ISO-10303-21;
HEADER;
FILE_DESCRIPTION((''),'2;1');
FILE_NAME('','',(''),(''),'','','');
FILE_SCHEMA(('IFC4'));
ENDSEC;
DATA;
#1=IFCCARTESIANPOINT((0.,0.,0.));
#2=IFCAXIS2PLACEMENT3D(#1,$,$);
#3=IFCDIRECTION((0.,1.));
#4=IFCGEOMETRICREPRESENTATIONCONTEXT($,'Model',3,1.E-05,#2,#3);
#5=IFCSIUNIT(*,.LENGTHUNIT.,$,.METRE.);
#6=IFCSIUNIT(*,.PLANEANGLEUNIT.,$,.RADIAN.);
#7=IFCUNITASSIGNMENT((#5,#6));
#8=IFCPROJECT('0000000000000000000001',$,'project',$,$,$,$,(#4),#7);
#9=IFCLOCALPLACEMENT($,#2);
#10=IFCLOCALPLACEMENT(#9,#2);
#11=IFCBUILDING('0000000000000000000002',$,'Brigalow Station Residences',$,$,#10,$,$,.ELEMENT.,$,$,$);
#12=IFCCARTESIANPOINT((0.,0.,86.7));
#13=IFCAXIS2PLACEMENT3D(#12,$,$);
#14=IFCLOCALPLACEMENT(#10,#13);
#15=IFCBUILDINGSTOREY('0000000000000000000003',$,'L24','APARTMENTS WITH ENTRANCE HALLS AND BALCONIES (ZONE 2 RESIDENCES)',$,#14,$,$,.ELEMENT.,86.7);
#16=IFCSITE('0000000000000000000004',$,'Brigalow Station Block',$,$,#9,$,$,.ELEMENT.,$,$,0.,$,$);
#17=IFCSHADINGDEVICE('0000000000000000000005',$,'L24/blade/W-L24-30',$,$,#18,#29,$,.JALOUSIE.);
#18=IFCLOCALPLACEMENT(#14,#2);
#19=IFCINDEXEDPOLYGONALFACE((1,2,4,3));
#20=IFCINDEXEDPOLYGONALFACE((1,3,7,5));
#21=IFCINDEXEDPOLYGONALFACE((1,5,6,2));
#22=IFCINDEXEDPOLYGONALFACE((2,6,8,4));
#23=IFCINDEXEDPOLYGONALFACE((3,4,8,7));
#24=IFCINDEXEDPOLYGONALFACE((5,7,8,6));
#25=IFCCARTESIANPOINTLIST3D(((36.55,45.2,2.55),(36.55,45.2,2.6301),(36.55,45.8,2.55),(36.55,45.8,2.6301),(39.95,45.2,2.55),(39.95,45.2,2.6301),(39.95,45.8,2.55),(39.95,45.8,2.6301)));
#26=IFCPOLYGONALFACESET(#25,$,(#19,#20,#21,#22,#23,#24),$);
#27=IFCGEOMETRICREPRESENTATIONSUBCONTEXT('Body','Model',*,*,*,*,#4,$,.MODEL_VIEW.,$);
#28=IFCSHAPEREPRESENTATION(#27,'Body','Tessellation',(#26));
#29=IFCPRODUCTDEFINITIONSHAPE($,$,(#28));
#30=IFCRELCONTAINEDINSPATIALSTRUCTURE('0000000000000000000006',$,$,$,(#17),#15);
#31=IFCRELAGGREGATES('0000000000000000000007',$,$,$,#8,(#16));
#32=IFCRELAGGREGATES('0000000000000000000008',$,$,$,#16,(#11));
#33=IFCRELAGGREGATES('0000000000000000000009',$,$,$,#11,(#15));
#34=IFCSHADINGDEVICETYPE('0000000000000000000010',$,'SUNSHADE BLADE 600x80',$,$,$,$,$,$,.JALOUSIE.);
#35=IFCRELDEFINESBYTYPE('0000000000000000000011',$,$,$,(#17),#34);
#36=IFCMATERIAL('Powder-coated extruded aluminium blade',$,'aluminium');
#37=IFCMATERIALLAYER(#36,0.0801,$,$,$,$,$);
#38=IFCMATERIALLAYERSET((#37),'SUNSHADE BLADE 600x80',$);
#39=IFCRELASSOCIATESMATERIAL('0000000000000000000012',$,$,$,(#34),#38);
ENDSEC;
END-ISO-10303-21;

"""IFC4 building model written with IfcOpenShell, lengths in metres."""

from ifc_helpers import new_model, si_unit, direction, frame, origin, origin_2d, place, context, subcontext, project, spatial, rectangle, extrude, material, layer, layer_set, type_object, element, save


model = new_model("IFC4")

# Units and contexts
model_context = context("Model", 3, precision=1e-05, world=origin(), true_north=direction((0.0, 1.0)))
body_context = subcontext(model_context, "Body", "Model", "MODEL_VIEW")
ifc_project = project(units=[si_unit("LENGTHUNIT", "METRE"), si_unit("PLANEANGLEUNIT", "RADIAN")], contexts=[model_context])

# Site, building, storey
site_placement = place(None, origin())
site = spatial("IfcSite", under=ifc_project, at=site_placement, Name="Brigalow Station Block", CompositionType="ELEMENT", RefElevation=0.0)
building_placement = place(site_placement, origin())
building = spatial("IfcBuilding", under=site, at=building_placement, Name="Brigalow Station Residences", CompositionType="ELEMENT")
storey_placement = place(building_placement, frame((0.0, 0.0, 86.7)))
storey = spatial("IfcBuildingStorey", under=building, at=storey_placement, Name="L24", Description="APARTMENTS WITH ENTRANCE HALLS AND BALCONIES (ZONE 2 RESIDENCES)", CompositionType="ELEMENT", Elevation=86.7)

# Shading device
ifc_material_1 = material(Name="Powder-coated extruded aluminium blade", Category="aluminium")
ifc_layer_1 = layer(ifc_material_1, 0.0801)
ifc_layer_set_1 = layer_set([ifc_layer_1], Name="SUNSHADE BLADE 600x80")
shading_device_type = type_object("IfcShadingDeviceType", Name="SUNSHADE BLADE 600x80", PredefinedType="JALOUSIE", material=ifc_layer_set_1)
shading_device_placement = place(storey_placement, frame((38.25, 45.5, 2.55), z_axis=(0.0, 0.0, 1.0), x_axis=(-1.0, 0.0, 0.0)))
element("IfcShadingDevice", 1, at=shading_device_placement, inside=storey, type_object=shading_device_type, Name="L24/blade/W-L24-30", PredefinedType="JALOUSIE", context=body_context, shape_type="SweptSolid", body=[
    extrude(rectangle(XDim=3.3999, YDim=0.6001, at=origin_2d()), origin(), (0.0, 0.0, 1.0), 0.0801),
])

save(model, "model.ifc")
